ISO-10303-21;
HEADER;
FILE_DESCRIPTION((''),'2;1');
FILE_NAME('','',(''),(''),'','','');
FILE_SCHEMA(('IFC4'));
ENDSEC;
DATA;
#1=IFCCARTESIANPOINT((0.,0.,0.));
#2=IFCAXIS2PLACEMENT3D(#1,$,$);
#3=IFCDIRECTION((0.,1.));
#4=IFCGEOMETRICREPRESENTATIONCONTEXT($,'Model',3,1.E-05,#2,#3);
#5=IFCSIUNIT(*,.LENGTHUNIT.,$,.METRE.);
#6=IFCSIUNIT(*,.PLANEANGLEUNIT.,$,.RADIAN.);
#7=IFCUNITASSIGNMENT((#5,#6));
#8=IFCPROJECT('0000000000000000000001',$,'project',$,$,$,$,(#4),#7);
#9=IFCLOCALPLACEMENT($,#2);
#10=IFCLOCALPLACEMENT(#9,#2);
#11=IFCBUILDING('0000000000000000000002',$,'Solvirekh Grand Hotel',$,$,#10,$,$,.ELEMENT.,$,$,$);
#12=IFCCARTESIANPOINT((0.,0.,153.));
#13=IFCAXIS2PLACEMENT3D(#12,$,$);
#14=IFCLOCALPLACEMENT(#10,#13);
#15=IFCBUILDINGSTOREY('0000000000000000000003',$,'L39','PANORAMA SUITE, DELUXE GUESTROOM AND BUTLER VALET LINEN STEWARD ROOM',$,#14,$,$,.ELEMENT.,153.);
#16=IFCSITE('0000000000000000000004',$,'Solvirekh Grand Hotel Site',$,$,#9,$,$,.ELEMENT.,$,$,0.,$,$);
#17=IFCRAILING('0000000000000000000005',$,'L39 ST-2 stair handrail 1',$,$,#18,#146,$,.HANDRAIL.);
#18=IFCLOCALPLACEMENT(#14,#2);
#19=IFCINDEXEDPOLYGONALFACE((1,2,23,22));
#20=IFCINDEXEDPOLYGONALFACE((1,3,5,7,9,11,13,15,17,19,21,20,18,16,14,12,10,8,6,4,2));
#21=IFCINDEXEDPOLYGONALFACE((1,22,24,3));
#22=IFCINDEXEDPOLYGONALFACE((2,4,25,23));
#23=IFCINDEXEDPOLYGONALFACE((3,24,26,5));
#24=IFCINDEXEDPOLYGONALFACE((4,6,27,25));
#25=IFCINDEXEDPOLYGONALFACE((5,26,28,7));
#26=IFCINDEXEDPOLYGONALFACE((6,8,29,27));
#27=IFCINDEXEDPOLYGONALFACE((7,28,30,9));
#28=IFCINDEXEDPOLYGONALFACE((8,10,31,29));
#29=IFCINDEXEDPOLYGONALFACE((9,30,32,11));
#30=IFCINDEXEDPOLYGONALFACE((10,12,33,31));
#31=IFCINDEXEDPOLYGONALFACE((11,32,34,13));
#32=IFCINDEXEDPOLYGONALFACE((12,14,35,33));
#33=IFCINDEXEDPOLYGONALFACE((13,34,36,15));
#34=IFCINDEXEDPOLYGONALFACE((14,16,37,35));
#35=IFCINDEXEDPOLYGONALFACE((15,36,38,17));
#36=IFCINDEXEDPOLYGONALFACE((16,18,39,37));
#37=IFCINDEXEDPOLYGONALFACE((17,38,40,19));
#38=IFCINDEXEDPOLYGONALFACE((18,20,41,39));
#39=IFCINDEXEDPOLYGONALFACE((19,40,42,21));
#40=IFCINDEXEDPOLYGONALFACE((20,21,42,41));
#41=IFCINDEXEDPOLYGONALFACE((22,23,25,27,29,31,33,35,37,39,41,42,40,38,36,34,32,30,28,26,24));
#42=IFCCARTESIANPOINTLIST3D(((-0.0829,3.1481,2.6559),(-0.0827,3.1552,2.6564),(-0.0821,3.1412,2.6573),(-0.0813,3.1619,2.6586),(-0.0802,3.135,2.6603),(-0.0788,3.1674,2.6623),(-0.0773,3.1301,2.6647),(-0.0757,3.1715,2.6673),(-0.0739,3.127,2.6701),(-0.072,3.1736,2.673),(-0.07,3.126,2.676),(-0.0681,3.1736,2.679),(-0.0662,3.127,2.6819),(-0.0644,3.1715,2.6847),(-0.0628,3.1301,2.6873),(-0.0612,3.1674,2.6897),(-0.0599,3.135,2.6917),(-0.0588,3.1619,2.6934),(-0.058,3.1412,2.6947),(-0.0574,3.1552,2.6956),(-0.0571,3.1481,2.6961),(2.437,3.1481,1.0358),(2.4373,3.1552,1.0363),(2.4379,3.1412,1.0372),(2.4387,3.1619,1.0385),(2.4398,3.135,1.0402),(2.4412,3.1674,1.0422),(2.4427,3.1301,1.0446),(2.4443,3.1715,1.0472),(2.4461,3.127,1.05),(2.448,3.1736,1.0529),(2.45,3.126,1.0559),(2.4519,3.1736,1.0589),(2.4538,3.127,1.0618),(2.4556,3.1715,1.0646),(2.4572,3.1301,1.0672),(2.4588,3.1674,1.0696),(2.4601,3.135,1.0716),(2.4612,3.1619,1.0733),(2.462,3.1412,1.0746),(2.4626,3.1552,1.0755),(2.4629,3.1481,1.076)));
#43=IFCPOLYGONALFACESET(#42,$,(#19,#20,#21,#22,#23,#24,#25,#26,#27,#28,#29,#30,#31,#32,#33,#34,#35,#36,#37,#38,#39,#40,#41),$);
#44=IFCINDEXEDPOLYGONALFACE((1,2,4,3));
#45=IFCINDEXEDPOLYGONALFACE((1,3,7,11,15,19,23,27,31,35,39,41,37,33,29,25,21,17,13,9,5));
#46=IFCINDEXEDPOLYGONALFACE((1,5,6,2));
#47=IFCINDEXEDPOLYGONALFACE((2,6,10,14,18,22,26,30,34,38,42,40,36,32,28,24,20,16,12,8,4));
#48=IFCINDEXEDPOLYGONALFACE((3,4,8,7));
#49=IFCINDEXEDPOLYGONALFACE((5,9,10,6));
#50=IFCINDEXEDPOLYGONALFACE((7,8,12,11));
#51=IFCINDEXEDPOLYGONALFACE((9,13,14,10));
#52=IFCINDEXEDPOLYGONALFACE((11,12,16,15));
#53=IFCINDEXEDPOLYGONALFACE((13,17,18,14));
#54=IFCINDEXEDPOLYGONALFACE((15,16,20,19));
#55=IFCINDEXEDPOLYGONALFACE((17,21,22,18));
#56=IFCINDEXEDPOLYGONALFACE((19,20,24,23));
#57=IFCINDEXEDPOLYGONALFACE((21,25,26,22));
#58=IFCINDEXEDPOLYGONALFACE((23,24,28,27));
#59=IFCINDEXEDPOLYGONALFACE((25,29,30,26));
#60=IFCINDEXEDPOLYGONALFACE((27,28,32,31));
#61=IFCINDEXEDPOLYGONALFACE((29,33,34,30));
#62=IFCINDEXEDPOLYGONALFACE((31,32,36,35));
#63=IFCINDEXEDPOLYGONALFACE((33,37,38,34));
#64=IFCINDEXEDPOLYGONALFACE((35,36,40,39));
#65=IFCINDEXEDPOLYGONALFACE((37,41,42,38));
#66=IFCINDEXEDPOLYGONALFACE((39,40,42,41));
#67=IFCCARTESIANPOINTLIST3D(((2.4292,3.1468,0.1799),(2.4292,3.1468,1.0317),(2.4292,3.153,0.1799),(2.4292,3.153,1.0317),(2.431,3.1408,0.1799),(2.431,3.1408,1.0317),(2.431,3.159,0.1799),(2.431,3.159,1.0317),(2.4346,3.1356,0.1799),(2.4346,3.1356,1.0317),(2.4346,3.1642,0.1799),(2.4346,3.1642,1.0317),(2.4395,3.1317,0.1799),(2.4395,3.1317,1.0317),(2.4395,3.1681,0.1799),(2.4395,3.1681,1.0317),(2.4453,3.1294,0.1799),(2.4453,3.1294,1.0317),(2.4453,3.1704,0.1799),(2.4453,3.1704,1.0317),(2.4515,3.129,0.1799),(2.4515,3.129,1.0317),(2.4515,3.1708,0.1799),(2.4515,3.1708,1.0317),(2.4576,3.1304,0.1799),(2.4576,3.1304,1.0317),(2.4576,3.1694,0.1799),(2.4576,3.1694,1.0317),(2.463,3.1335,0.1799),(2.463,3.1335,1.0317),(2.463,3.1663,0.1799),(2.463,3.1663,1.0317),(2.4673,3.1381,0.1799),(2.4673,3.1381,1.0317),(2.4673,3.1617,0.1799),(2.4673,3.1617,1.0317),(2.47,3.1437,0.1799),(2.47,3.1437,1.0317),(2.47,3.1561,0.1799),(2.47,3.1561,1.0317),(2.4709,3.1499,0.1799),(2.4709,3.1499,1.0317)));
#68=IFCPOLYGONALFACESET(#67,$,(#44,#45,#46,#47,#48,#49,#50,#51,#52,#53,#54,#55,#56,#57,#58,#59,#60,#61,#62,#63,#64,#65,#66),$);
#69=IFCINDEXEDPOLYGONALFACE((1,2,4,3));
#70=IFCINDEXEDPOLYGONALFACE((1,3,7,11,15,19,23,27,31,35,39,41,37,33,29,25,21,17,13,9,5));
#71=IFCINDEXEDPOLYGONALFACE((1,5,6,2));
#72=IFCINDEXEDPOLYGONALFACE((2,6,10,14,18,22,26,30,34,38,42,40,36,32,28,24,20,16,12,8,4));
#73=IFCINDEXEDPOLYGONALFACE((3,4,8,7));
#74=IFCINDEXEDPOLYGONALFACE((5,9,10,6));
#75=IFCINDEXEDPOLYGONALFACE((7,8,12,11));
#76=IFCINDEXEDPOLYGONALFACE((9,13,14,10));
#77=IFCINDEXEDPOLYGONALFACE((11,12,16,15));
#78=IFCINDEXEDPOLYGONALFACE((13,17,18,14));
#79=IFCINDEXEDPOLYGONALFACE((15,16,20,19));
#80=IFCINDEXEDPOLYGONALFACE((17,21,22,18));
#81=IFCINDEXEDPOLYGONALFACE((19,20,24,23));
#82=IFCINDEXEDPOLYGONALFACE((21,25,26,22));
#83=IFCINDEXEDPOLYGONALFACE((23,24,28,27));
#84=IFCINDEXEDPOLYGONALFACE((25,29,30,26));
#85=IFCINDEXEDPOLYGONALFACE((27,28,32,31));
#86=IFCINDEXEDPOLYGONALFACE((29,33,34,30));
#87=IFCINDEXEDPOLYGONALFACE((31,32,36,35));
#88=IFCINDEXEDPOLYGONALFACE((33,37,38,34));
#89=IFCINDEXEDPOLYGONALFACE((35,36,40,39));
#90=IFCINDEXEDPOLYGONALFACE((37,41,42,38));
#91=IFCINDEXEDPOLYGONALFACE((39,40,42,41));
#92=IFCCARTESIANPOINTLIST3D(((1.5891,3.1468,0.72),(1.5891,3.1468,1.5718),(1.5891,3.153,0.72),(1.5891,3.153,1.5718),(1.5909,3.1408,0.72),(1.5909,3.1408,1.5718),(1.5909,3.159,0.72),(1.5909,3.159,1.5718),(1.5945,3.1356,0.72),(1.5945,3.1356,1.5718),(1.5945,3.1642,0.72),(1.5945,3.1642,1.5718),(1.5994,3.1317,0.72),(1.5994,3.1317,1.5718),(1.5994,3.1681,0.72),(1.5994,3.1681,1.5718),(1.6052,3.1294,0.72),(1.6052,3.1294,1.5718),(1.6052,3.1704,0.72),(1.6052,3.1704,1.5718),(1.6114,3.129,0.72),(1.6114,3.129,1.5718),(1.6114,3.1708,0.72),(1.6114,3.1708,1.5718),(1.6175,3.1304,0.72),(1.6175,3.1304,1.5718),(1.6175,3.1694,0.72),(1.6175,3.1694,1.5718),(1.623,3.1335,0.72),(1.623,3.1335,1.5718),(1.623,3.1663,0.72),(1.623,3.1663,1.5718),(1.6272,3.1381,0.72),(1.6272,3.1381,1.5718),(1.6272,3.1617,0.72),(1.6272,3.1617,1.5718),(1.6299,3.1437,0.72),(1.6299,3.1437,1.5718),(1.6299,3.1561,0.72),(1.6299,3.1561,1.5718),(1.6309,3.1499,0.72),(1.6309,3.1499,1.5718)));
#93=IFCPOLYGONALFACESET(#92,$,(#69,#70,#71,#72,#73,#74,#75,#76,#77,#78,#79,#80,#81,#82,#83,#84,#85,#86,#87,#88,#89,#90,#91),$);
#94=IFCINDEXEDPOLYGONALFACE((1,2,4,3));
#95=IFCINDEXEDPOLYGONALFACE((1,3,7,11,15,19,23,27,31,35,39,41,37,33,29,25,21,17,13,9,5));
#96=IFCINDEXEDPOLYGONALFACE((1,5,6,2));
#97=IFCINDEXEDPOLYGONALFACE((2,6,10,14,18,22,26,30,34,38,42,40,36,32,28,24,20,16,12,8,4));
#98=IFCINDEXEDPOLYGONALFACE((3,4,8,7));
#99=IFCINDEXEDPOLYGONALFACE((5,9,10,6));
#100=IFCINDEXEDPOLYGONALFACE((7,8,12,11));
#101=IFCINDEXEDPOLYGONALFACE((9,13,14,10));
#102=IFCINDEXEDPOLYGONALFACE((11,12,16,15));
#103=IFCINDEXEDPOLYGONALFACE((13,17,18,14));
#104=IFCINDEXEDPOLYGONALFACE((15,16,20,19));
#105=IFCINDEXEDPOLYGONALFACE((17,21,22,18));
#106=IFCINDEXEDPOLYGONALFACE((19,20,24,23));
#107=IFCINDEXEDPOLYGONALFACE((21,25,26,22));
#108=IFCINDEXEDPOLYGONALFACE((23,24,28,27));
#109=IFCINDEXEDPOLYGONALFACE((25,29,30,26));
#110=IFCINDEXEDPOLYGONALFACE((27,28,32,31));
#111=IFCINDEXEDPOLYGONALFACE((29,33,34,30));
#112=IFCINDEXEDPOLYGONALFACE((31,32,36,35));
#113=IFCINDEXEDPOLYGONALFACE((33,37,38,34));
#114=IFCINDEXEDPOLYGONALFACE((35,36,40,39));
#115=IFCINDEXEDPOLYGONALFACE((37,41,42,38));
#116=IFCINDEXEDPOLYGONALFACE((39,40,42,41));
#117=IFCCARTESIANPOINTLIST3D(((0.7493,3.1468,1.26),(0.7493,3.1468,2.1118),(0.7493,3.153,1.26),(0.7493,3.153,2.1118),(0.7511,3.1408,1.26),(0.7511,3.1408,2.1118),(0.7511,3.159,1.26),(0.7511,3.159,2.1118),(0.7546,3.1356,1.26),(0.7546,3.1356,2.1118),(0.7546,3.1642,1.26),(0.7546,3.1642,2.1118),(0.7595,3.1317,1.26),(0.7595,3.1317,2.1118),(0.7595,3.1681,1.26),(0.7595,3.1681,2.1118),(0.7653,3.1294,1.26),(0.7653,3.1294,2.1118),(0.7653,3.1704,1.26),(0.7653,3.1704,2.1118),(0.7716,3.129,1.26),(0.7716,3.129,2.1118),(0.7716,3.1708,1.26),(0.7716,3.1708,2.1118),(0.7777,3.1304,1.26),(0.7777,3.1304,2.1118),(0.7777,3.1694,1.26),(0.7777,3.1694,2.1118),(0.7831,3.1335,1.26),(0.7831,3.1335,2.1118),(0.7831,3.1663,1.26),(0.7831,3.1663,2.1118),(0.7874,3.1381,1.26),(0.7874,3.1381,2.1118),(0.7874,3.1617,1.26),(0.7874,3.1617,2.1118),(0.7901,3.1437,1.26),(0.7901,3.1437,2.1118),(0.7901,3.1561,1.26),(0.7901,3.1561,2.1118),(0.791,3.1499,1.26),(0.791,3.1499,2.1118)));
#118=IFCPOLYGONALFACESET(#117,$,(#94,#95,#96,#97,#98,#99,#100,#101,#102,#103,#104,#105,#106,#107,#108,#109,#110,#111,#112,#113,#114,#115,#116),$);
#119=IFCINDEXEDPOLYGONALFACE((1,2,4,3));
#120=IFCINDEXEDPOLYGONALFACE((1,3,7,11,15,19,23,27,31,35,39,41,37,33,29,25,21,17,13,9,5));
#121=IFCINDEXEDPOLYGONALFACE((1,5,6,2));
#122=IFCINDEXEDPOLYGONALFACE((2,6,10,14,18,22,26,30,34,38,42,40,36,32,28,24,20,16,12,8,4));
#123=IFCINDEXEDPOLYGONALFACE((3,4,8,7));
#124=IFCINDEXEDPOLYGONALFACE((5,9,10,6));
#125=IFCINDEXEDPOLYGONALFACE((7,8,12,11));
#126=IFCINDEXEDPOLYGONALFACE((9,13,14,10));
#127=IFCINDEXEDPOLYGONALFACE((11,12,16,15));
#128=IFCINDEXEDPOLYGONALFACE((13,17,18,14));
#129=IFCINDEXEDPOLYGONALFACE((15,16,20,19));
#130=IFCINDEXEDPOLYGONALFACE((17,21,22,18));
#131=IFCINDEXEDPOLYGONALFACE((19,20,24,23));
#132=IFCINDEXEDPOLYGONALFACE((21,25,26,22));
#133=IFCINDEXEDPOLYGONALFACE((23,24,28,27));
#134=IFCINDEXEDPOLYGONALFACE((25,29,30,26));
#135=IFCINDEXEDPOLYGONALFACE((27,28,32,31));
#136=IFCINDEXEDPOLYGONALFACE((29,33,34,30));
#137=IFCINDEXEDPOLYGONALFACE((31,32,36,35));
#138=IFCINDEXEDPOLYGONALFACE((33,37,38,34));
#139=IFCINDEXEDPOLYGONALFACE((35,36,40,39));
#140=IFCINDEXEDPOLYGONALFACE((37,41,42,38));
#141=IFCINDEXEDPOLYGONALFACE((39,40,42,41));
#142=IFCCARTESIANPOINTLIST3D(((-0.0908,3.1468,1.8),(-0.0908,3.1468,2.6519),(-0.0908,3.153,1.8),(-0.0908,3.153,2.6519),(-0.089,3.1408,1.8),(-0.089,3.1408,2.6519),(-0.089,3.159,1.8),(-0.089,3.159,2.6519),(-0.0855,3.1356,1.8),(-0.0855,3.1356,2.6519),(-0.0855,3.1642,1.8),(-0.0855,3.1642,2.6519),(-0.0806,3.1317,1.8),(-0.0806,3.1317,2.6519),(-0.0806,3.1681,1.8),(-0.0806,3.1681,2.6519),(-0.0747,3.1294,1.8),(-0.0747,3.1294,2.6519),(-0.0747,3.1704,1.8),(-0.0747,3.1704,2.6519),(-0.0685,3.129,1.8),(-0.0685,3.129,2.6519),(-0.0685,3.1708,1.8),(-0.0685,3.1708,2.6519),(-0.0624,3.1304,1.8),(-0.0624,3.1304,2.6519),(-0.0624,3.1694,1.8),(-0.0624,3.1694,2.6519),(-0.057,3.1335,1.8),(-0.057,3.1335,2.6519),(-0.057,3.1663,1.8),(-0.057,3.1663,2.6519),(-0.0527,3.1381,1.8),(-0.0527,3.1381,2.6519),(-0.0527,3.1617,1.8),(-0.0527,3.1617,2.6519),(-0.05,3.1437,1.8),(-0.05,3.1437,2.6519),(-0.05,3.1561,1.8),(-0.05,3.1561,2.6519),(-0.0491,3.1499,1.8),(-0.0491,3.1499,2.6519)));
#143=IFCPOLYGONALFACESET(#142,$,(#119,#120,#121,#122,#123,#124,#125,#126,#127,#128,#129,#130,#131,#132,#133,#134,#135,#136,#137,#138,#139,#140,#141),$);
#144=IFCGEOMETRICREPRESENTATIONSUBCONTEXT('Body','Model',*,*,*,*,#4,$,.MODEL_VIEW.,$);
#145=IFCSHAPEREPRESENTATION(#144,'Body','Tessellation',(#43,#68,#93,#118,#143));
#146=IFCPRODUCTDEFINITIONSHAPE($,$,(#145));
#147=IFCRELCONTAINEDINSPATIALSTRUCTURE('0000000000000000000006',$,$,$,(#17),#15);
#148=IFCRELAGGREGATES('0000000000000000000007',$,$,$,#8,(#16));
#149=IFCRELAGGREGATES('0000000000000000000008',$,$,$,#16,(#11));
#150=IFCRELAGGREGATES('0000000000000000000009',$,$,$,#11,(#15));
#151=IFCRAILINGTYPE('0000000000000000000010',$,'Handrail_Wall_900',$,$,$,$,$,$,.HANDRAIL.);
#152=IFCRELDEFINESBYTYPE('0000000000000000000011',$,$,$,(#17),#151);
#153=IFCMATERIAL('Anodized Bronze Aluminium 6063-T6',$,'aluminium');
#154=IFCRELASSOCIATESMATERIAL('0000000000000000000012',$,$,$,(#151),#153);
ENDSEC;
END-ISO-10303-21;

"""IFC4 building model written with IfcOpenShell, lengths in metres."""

from ifc_helpers import new_model, si_unit, direction, frame, origin, origin_2d, place, context, subcontext, project, spatial, circle, extrude, material, type_object, element, save


model = new_model("IFC4")

# Units and contexts
model_context = context("Model", 3, precision=1e-05, world=origin(), true_north=direction((0.0, 1.0)))
body_context = subcontext(model_context, "Body", "Model", "MODEL_VIEW")
ifc_project = project(units=[si_unit("LENGTHUNIT", "METRE"), si_unit("PLANEANGLEUNIT", "RADIAN")], contexts=[model_context])

# Site, building, storey
site_placement = place(None, origin())
site = spatial("IfcSite", under=ifc_project, at=site_placement, Name="Solvirekh Grand Hotel Site", CompositionType="ELEMENT", RefElevation=0.0)
building_placement = place(site_placement, origin())
building = spatial("IfcBuilding", under=site, at=building_placement, Name="Solvirekh Grand Hotel", CompositionType="ELEMENT")
storey_placement = place(building_placement, frame((0.0, 0.0, 153.0)))
storey = spatial("IfcBuildingStorey", under=building, at=storey_placement, Name="L39", Description="PANORAMA SUITE, DELUXE GUESTROOM AND BUTLER VALET LINEN STEWARD ROOM", CompositionType="ELEMENT", Elevation=153.0)

# Shared definitions
ifc_material_1 = material(Name="Anodized Bronze Aluminium 6063-T6", Category="aluminium")

# Railing
railing_type_1 = type_object("IfcRailingType", Name="Handrail_Wall_900", PredefinedType="HANDRAIL", material=ifc_material_1)
railing_1_placement = place(storey_placement, frame((2.45, 3.1499, 0.1799)))
element("IfcRailing", 1, at=railing_1_placement, inside=storey, type_object=railing_type_1, Name="L39 ST-2 stair handrail 1", PredefinedType="HANDRAIL", context=body_context, shape_type="SweptSolid", body=[
    extrude(circle(Radius=0.0239, at=origin_2d()), frame((0.0, 0.0, 0.876), z_axis=(-0.841163, 0.0, 0.540782), x_axis=(0.0, -1.0, 0.0)), (0.0, 0.0, 1.0), 2.9958),
    extrude(circle(Radius=0.021, at=origin_2d()), origin(), (0.0, 0.0, 1.0), 0.8518),
    extrude(circle(Radius=0.021, at=origin_2d()), frame((-0.8401, 0.0, 0.54)), (0.0, 0.0, 1.0), 0.8518),
    extrude(circle(Radius=0.021, at=origin_2d()), frame((-1.6799, 0.0, 1.0801)), (0.0, 0.0, 1.0), 0.8518),
    extrude(circle(Radius=0.021, at=origin_2d()), frame((-2.52, 0.0, 1.6201)), (0.0, 0.0, 1.0), 0.8518),
])

save(model, "model.ifc")
